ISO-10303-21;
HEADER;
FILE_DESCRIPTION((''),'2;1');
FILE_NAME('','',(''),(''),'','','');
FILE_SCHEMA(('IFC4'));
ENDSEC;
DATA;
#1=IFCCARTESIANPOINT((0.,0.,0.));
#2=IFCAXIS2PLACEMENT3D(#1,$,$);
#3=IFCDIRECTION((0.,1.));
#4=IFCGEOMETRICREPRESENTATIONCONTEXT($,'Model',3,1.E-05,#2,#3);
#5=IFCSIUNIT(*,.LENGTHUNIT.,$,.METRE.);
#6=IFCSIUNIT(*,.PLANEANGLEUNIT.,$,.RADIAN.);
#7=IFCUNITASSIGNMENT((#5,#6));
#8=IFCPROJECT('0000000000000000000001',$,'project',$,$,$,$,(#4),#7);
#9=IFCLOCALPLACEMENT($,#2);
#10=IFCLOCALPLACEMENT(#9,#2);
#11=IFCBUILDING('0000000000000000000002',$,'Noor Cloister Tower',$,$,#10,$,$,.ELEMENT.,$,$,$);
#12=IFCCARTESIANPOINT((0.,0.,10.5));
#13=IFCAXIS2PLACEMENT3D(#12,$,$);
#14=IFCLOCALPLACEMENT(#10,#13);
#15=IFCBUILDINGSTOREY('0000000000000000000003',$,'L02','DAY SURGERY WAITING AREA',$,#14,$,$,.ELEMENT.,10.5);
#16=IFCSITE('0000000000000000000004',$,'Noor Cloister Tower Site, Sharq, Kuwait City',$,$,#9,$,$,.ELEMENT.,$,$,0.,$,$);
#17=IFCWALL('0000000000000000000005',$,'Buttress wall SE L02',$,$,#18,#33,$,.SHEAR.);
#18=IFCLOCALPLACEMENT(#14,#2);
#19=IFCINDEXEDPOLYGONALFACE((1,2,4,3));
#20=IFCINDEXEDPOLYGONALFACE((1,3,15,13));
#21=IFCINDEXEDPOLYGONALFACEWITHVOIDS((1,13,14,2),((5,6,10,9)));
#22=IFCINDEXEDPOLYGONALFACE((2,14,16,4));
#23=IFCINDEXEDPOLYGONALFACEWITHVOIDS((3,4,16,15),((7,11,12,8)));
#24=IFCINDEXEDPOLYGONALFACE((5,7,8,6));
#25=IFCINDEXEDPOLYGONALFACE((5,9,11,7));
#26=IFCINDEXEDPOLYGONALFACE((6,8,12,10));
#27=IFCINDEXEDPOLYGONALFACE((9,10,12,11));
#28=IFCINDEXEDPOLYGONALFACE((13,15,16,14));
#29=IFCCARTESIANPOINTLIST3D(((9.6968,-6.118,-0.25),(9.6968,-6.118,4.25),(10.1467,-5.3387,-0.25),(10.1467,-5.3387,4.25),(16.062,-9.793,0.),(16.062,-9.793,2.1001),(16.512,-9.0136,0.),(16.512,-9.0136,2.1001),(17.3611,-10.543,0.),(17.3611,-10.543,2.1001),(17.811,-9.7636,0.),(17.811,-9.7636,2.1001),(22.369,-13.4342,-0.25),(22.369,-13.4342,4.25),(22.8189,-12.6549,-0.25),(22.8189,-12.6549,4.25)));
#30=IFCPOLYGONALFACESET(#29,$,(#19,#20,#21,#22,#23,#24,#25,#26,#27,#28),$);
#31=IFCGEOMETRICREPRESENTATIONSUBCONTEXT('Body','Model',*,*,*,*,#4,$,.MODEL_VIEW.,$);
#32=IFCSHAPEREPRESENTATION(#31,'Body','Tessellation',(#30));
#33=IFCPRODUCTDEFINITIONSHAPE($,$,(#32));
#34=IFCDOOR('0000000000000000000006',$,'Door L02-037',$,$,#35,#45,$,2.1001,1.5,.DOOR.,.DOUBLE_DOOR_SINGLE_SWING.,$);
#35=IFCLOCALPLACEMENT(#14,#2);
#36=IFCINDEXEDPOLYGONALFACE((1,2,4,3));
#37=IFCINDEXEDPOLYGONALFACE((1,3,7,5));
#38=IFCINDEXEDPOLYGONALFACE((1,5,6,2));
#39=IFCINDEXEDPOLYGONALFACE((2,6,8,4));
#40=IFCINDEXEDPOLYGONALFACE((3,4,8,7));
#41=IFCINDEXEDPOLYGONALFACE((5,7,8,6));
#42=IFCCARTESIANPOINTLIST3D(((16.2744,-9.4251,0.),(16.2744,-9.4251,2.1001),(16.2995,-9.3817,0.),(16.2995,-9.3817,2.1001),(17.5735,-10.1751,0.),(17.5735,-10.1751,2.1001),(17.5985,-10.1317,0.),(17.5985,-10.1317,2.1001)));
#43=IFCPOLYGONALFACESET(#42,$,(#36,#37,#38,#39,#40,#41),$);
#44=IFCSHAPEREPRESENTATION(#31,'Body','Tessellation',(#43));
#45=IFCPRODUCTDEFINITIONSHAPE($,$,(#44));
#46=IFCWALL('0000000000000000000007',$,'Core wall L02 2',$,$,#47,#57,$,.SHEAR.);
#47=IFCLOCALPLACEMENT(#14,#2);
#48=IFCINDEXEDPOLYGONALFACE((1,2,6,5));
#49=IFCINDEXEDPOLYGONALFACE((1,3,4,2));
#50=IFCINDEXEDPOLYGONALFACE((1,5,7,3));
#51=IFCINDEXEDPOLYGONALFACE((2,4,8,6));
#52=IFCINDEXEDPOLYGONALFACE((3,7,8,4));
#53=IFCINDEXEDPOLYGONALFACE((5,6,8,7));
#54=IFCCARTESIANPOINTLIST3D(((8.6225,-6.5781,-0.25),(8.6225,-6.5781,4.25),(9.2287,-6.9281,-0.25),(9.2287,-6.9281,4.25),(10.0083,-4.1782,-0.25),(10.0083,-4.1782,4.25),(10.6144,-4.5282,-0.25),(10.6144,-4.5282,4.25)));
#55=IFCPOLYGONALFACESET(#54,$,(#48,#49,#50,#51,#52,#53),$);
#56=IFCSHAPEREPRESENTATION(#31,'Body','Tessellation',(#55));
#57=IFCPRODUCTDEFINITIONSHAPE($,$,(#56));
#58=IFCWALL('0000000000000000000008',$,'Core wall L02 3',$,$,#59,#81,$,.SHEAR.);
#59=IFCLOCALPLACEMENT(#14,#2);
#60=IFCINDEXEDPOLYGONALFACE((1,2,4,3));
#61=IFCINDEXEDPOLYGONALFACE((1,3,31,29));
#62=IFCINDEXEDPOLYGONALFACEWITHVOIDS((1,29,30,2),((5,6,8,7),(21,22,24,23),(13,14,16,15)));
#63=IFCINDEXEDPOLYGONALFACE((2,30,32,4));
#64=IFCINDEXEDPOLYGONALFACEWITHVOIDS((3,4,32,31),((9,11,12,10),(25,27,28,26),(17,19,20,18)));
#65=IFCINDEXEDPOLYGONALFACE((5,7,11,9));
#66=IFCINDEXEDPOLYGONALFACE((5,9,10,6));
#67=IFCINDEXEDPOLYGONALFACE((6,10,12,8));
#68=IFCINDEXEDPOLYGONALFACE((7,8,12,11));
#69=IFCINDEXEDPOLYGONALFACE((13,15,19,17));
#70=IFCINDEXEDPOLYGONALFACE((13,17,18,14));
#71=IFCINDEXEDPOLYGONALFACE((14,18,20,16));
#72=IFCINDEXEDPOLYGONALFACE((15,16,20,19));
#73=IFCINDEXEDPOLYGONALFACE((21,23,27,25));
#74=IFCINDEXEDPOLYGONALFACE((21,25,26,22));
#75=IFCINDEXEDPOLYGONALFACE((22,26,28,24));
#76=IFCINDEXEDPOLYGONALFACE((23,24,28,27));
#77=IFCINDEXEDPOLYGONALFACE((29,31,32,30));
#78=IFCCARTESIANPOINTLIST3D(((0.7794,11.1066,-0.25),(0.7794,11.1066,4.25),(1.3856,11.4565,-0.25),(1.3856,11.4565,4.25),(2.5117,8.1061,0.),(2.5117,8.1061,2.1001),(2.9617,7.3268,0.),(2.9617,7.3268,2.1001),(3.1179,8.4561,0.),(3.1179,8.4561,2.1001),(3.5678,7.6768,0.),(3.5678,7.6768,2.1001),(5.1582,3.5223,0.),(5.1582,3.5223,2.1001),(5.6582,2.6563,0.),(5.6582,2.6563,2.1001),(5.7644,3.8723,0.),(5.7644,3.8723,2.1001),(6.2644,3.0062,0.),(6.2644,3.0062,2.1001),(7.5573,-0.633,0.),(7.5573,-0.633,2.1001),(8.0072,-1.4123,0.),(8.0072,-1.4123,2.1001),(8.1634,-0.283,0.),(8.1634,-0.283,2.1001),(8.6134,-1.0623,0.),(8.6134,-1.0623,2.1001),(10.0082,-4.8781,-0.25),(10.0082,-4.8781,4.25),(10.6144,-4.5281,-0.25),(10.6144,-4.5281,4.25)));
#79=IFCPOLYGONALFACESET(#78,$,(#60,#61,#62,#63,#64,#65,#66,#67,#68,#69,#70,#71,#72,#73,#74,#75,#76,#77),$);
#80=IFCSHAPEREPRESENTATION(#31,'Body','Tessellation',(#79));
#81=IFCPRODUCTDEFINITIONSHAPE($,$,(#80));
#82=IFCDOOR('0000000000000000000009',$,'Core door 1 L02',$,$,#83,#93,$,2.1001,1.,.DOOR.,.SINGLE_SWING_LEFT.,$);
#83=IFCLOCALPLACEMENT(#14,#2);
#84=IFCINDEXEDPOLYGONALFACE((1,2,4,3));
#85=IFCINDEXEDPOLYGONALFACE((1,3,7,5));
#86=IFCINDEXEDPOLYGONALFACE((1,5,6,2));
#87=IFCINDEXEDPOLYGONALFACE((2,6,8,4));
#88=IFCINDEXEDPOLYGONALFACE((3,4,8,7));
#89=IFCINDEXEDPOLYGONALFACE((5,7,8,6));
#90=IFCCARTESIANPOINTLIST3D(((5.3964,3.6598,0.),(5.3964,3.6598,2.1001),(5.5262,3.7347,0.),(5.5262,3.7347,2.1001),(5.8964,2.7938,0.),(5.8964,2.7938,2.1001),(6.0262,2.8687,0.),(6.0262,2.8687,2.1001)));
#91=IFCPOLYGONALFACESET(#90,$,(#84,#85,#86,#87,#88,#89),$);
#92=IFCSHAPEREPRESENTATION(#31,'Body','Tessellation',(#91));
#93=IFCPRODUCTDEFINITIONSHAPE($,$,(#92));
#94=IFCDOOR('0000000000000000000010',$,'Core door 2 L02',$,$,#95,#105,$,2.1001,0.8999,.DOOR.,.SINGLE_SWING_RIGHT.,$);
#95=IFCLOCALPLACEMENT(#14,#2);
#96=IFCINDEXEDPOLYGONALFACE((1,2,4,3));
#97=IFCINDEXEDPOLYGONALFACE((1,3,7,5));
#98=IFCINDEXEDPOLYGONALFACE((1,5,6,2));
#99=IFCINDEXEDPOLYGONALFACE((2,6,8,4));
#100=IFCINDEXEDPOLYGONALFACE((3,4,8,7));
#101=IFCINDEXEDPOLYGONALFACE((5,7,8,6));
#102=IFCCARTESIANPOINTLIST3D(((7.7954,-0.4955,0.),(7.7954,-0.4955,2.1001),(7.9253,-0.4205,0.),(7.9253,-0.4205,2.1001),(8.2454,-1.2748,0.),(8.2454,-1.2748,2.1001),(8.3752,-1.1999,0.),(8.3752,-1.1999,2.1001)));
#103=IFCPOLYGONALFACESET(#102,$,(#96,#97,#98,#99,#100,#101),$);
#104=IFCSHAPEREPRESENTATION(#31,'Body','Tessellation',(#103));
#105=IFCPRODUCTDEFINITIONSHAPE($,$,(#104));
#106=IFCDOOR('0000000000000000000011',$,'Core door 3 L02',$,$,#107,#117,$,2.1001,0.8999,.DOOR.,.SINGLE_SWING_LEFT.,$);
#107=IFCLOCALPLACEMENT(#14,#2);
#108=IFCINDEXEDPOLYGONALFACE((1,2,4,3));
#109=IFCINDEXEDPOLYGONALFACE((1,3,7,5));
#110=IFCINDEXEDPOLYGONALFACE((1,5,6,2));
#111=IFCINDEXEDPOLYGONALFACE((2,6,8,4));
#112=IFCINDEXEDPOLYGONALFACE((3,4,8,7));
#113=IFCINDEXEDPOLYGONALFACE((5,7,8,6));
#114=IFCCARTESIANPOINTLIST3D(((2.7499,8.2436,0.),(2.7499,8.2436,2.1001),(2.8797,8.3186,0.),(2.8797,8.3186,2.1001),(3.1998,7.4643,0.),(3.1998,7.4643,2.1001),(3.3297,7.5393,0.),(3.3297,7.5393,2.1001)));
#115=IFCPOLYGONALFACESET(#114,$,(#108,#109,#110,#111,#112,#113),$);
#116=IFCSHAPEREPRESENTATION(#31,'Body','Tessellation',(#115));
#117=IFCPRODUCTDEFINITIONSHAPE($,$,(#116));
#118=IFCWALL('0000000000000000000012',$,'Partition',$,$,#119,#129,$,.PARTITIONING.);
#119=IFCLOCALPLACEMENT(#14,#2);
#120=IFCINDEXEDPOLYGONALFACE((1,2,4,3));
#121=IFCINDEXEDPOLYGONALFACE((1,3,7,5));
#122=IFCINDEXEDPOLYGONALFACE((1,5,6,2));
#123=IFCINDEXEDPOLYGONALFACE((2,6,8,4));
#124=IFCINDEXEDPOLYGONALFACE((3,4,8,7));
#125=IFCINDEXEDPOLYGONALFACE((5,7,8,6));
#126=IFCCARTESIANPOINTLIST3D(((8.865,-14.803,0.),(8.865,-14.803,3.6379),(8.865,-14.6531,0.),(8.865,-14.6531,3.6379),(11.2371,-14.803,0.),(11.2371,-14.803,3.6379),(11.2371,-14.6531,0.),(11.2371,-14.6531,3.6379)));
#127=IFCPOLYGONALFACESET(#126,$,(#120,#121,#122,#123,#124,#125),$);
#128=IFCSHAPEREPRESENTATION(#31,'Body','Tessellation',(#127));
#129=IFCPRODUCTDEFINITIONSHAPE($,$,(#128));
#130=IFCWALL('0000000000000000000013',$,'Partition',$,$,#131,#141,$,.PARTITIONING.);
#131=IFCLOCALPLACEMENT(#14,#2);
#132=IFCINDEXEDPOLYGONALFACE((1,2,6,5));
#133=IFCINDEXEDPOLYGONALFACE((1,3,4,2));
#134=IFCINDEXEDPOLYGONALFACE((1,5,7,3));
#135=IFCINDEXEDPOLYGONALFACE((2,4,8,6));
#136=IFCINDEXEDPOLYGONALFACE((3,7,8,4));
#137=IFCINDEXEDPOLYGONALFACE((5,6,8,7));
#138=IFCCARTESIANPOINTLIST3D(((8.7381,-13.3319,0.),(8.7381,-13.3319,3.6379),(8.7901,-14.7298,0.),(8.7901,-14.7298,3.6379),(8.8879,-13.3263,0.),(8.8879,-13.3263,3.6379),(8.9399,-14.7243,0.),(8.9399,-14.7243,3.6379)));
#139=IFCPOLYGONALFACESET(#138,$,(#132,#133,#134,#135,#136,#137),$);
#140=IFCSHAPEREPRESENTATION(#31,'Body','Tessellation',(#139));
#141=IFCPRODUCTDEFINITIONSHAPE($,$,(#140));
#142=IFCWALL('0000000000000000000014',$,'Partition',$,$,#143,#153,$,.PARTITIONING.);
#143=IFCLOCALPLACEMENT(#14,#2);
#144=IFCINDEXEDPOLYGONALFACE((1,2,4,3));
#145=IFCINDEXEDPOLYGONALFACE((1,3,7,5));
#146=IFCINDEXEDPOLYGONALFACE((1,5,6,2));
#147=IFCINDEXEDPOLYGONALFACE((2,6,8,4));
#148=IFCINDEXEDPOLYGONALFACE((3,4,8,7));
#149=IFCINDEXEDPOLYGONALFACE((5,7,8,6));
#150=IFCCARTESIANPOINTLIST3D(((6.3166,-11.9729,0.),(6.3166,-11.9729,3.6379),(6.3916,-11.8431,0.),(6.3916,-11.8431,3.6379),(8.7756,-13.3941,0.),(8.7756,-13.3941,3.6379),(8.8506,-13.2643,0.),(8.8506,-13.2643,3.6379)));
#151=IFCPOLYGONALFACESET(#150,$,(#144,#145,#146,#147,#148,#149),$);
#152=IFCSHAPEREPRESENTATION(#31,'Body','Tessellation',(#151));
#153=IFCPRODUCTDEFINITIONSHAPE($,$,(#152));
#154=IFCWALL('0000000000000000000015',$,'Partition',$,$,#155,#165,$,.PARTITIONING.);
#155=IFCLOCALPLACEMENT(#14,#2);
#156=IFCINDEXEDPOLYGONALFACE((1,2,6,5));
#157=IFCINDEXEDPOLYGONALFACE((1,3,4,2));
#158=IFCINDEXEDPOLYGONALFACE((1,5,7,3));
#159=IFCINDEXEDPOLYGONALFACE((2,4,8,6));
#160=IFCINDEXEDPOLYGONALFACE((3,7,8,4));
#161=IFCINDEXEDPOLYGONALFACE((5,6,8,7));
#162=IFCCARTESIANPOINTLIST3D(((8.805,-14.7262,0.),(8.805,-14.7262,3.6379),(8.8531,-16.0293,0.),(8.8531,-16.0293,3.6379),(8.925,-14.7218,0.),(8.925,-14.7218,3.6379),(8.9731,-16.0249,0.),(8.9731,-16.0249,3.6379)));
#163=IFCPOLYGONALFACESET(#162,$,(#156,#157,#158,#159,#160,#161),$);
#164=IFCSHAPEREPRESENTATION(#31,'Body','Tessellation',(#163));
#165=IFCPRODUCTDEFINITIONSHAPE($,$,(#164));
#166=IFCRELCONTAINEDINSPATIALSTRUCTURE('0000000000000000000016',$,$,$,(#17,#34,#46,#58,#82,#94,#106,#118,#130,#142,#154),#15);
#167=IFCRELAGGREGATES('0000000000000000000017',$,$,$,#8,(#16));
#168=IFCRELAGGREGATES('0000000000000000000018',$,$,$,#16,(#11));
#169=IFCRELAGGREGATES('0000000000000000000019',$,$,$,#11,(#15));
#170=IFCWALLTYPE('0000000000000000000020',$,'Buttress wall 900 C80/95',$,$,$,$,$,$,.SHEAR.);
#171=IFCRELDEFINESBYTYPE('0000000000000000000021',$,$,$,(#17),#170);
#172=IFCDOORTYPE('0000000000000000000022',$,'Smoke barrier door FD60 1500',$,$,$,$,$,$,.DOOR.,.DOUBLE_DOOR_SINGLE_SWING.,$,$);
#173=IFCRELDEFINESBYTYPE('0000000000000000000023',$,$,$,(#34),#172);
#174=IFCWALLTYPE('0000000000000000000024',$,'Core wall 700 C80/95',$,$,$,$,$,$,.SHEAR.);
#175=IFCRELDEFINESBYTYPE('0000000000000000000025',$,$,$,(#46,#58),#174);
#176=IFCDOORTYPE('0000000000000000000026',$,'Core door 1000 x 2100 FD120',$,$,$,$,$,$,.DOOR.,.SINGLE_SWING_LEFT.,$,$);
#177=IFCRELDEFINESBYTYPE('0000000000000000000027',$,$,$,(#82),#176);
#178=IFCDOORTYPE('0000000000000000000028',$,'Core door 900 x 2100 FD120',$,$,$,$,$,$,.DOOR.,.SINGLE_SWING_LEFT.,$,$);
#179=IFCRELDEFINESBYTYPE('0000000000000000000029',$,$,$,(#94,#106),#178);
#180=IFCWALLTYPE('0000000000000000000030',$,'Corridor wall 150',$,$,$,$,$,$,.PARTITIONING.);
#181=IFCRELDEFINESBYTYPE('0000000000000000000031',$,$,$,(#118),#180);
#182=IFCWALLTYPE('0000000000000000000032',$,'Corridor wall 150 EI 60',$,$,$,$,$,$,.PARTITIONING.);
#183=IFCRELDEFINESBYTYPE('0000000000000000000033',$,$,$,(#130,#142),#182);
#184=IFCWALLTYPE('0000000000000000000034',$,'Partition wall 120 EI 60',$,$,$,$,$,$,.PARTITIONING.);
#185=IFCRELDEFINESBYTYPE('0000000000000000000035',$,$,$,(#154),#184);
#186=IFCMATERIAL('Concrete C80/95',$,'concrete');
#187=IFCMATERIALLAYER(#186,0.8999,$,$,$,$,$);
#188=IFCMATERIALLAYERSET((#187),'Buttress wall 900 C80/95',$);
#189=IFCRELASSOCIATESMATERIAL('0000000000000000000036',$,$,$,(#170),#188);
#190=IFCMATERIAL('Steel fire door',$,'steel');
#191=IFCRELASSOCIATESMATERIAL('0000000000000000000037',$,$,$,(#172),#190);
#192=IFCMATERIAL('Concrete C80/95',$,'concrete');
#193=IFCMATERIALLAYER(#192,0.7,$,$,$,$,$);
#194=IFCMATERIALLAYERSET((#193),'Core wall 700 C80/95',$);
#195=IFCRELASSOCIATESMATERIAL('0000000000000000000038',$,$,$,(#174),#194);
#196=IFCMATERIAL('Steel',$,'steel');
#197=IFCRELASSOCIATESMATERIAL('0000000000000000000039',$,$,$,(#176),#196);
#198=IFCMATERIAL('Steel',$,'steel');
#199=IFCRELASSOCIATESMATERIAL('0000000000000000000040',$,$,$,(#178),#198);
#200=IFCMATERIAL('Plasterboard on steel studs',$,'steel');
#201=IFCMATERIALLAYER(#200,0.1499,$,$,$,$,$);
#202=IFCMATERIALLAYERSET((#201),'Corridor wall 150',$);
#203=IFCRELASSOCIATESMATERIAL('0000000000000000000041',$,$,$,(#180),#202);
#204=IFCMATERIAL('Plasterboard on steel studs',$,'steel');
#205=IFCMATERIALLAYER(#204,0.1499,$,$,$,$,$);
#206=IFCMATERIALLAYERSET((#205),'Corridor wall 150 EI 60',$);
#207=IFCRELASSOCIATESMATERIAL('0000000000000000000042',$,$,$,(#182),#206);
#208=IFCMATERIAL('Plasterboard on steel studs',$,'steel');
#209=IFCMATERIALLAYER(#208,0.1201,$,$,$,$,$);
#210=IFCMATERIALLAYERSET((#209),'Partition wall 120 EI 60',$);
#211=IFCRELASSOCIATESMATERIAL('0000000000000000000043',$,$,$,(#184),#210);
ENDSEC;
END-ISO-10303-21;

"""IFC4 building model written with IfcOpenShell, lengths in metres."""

from ifc_helpers import new_model, si_unit, direction, frame, frame_2d, origin, place, context, subcontext, project, spatial, rectangle, extrude, material, layer, layer_set, type_object, element, fill, save


model = new_model("IFC4")

# Units and contexts
model_context = context("Model", 3, precision=1e-05, world=origin(), true_north=direction((0.0, 1.0)))
body_context = subcontext(model_context, "Body", "Model", "MODEL_VIEW")
ifc_project = project(units=[si_unit("LENGTHUNIT", "METRE"), si_unit("PLANEANGLEUNIT", "RADIAN")], contexts=[model_context])

# Site, building, storey
site_placement = place(None, origin())
site = spatial("IfcSite", under=ifc_project, at=site_placement, Name="Noor Cloister Tower Site, Sharq, Kuwait City", CompositionType="ELEMENT", RefElevation=0.0)
building_placement = place(site_placement, origin())
building = spatial("IfcBuilding", under=site, at=building_placement, Name="Noor Cloister Tower", CompositionType="ELEMENT")
storey_placement = place(building_placement, frame((0.0, 0.0, 10.5)))
storey = spatial("IfcBuildingStorey", under=building, at=storey_placement, Name="L02", Description="DAY SURGERY WAITING AREA", CompositionType="ELEMENT", Elevation=10.5)

# Wall, opening, door
ifc_material_1 = material(Name="Concrete C80/95", Category="concrete")
ifc_layer_1 = layer(ifc_material_1, 0.8999)
ifc_layer_set_1 = layer_set([ifc_layer_1], Name="Buttress wall 900 C80/95")
wall_type_1 = type_object("IfcWallType", Name="Buttress wall 900 C80/95", PredefinedType="SHEAR", material=ifc_layer_set_1)
wall_1_placement = place(storey_placement, frame((9.9216, -5.7283, -0.25), z_axis=(0.0, 0.0, 1.0), x_axis=(0.866028, -0.499995, 0.0)))
wall_1 = element("IfcWall", 1, at=wall_1_placement, inside=storey, type_object=wall_type_1, Name="Buttress wall SE L02", PredefinedType="SHEAR", context=body_context, shape_type="SweptSolid", body=[
    extrude(rectangle(XDim=14.6326, YDim=0.8999, at=frame_2d((7.3164, 0.0))), origin(), (0.0, 0.0, 1.0), 4.5),
])
opening_1_placement = place(wall_1_placement, frame((7.3501, 0.0, 0.25)))
opening_1 = element("IfcOpeningElement", 2, at=opening_1_placement, cuts=wall_1, PredefinedType="OPENING", context=body_context, shape_type="SweptSolid", body=[
    extrude(rectangle(XDim=1.5, YDim=2.1001, at=frame_2d((0.75, 1.05))), frame((0.0, 0.46, 0.0), z_axis=(0.0, -1.0, 0.0), x_axis=(1.0, 0.0, 0.0)), (0.0, 0.0, 1.0), 0.9199),
])
ifc_material_2 = material(Name="Steel fire door", Category="steel")
door_type_1 = type_object("IfcDoorType", Name="Smoke barrier door FD60 1500", OperationType="DOUBLE_DOOR_SINGLE_SWING", PredefinedType="DOOR", material=ifc_material_2)
door_1_placement = place(opening_1_placement, origin())
door_1 = element("IfcDoor", 3, at=door_1_placement, inside=storey, type_object=door_type_1, Name="Door L02-037", OperationType="DOUBLE_DOOR_SINGLE_SWING", OverallHeight=2.1001, OverallWidth=1.5, PredefinedType="DOOR", context=body_context, shape_type="SweptSolid", body=[
    extrude(rectangle(XDim=1.5, YDim=2.1001, at=frame_2d((0.75, 1.05))), frame((0.0, 0.0249, 0.0), z_axis=(0.0, -1.0, 0.0), x_axis=(1.0, 0.0, 0.0)), (0.0, 0.0, 1.0), 0.05),
])
fill(opening_1, door_1)

# Wall
ifc_material_3 = material(Name="Concrete C80/95", Category="concrete")
ifc_layer_2 = layer(ifc_material_3, 0.7)
ifc_layer_set_2 = layer_set([ifc_layer_2], Name="Core wall 700 C80/95")
wall_type_2 = type_object("IfcWallType", Name="Core wall 700 C80/95", PredefinedType="SHEAR", material=ifc_layer_set_2)
wall_2_placement = place(storey_placement, frame((8.9255, -6.7532, -0.25), z_axis=(0.0, 0.0, 1.0), x_axis=(0.500043, 0.866001, 0.0)))
element("IfcWall", 4, at=wall_2_placement, inside=storey, type_object=wall_type_2, Name="Core wall L02 2", PredefinedType="SHEAR", context=body_context, shape_type="SweptSolid", body=[
    extrude(rectangle(XDim=2.7712, YDim=0.7, at=frame_2d((1.3857, 0.0))), origin(), (0.0, 0.0, 1.0), 4.5),
])

# Wall, openings, doors
wall_3_placement = place(storey_placement, frame((10.3113, -4.7031, -0.25), z_axis=(0.0, 0.0, 1.0), x_axis=(-0.500001, 0.866025, 0.0)))
wall_3 = element("IfcWall", 5, at=wall_3_placement, inside=storey, type_object=wall_type_2, Name="Core wall L02 3", PredefinedType="SHEAR", context=body_context, shape_type="SweptSolid", body=[
    extrude(rectangle(XDim=18.4575, YDim=0.7, at=frame_2d((9.2288, 0.0))), origin(), (0.0, 0.0, 1.0), 4.5),
])
opening_2_placement = place(wall_3_placement, frame((8.7, 0.0, 0.25)))
opening_2 = element("IfcOpeningElement", 6, at=opening_2_placement, cuts=wall_3, PredefinedType="OPENING", context=body_context, shape_type="SweptSolid", body=[
    extrude(rectangle(XDim=1.0, YDim=2.1001, at=frame_2d((0.5, 1.05))), frame((0.0, 0.3599, 0.0), z_axis=(0.0, -1.0, 0.0), x_axis=(1.0, 0.0, 0.0)), (0.0, 0.0, 1.0), 0.72),
])
opening_3_placement = place(wall_3_placement, frame((4.002, 0.0, 0.25)))
opening_3 = element("IfcOpeningElement", 7, at=opening_3_placement, cuts=wall_3, PredefinedType="OPENING", context=body_context, shape_type="SweptSolid", body=[
    extrude(rectangle(XDim=0.8999, YDim=2.1001, at=frame_2d((0.45, 1.05))), frame((0.0, 0.3599, 0.0), z_axis=(0.0, -1.0, 0.0), x_axis=(1.0, 0.0, 0.0)), (0.0, 0.0, 1.0), 0.72),
])
opening_4_placement = place(wall_3_placement, frame((14.093, 0.0, 0.25)))
opening_4 = element("IfcOpeningElement", 8, at=opening_4_placement, cuts=wall_3, PredefinedType="OPENING", context=body_context, shape_type="SweptSolid", body=[
    extrude(rectangle(XDim=0.8999, YDim=2.1001, at=frame_2d((0.45, 1.05))), frame((0.0, 0.3599, 0.0), z_axis=(0.0, -1.0, 0.0), x_axis=(1.0, 0.0, 0.0)), (0.0, 0.0, 1.0), 0.72),
])
ifc_material_4 = material(Name="Steel", Category="steel")
door_type_2 = type_object("IfcDoorType", Name="Core door 1000 x 2100 FD120", OperationType="SINGLE_SWING_LEFT", PredefinedType="DOOR", material=ifc_material_4)
door_2_placement = place(opening_2_placement, origin())
door_2 = element("IfcDoor", 9, at=door_2_placement, inside=storey, type_object=door_type_2, Name="Core door 1 L02", OperationType="SINGLE_SWING_LEFT", OverallHeight=2.1001, OverallWidth=1.0, PredefinedType="DOOR", context=body_context, shape_type="SweptSolid", body=[
    extrude(rectangle(XDim=1.0, YDim=2.1001, at=frame_2d((0.5, 1.05))), frame((0.0, 0.075, 0.0), z_axis=(0.0, -1.0, 0.0), x_axis=(1.0, 0.0, 0.0)), (0.0, 0.0, 1.0), 0.1499),
])
fill(opening_2, door_2)
ifc_material_5 = material(Name="Steel", Category="steel")
door_type_3 = type_object("IfcDoorType", Name="Core door 900 x 2100 FD120", OperationType="SINGLE_SWING_LEFT", PredefinedType="DOOR", material=ifc_material_5)
door_3_placement = place(opening_3_placement, origin())
door_3 = element("IfcDoor", 10, at=door_3_placement, inside=storey, type_object=door_type_3, Name="Core door 2 L02", OperationType="SINGLE_SWING_RIGHT", OverallHeight=2.1001, OverallWidth=0.8999, PredefinedType="DOOR", context=body_context, shape_type="SweptSolid", body=[
    extrude(rectangle(XDim=0.8999, YDim=2.1001, at=frame_2d((0.45, 1.05))), frame((0.0, 0.075, 0.0), z_axis=(0.0, -1.0, 0.0), x_axis=(1.0, 0.0, 0.0)), (0.0, 0.0, 1.0), 0.1499),
])
fill(opening_3, door_3)
door_4_placement = place(opening_4_placement, origin())
door_4 = element("IfcDoor", 11, at=door_4_placement, inside=storey, type_object=door_type_3, Name="Core door 3 L02", OperationType="SINGLE_SWING_LEFT", OverallHeight=2.1001, OverallWidth=0.8999, PredefinedType="DOOR", context=body_context, shape_type="SweptSolid", body=[
    extrude(rectangle(XDim=0.8999, YDim=2.1001, at=frame_2d((0.45, 1.05))), frame((0.0, 0.075, 0.0), z_axis=(0.0, -1.0, 0.0), x_axis=(1.0, 0.0, 0.0)), (0.0, 0.0, 1.0), 0.1499),
])
fill(opening_4, door_4)

# Walls
ifc_material_6 = material(Name="Plasterboard on steel studs", Category="steel")
ifc_layer_3 = layer(ifc_material_6, 0.1499)
ifc_layer_set_3 = layer_set([ifc_layer_3], Name="Corridor wall 150")
wall_type_3 = type_object("IfcWallType", Name="Corridor wall 150", PredefinedType="PARTITIONING", material=ifc_layer_set_3)
wall_4_placement = place(storey_placement, frame((11.2371, -14.728, 0.0), z_axis=(0.0, 0.0, 1.0), x_axis=(-1.0, 0.0, 0.0)))
element("IfcWall", 12, at=wall_4_placement, inside=storey, type_object=wall_type_3, Name="Partition", PredefinedType="PARTITIONING", context=body_context, shape_type="SweptSolid", body=[
    extrude(rectangle(XDim=2.3721, YDim=0.1499, at=frame_2d((1.186, 0.0))), origin(), (0.0, 0.0, 1.0), 3.6379),
])
ifc_material_7 = material(Name="Plasterboard on steel studs", Category="steel")
ifc_layer_4 = layer(ifc_material_7, 0.1499)
ifc_layer_set_4 = layer_set([ifc_layer_4], Name="Corridor wall 150 EI 60")
wall_type_4 = type_object("IfcWallType", Name="Corridor wall 150 EI 60", PredefinedType="PARTITIONING", material=ifc_layer_set_4)
wall_5_placement = place(storey_placement, frame((8.865, -14.7271, 0.0), z_axis=(0.0, 0.0, 1.0), x_axis=(-0.037173, 0.999309, 0.0)))
element("IfcWall", 13, at=wall_5_placement, inside=storey, type_object=wall_type_4, Name="Partition", PredefinedType="PARTITIONING", context=body_context, shape_type="SweptSolid", body=[
    extrude(rectangle(XDim=1.3989, YDim=0.1499, at=frame_2d((0.6995, 0.0))), origin(), (0.0, 0.0, 1.0), 3.6379),
])
wall_6_placement = place(storey_placement, frame((8.813, -13.3291, 0.0), z_axis=(0.0, 0.0, 1.0), x_axis=(-0.865805, 0.500382, 0.0)))
element("IfcWall", 14, at=wall_6_placement, inside=storey, type_object=wall_type_4, Name="Partition", PredefinedType="PARTITIONING", context=body_context, shape_type="SweptSolid", body=[
    extrude(rectangle(XDim=2.8401, YDim=0.1499, at=frame_2d((1.4199, 0.0))), origin(), (0.0, 0.0, 1.0), 3.6379),
])
ifc_material_8 = material(Name="Plasterboard on steel studs", Category="steel")
ifc_layer_5 = layer(ifc_material_8, 0.1201)
ifc_layer_set_5 = layer_set([ifc_layer_5], Name="Partition wall 120 EI 60")
wall_type_5 = type_object("IfcWallType", Name="Partition wall 120 EI 60", PredefinedType="PARTITIONING", material=ifc_layer_set_5)
wall_7_placement = place(storey_placement, frame((8.865, -14.7241, 0.0), z_axis=(0.0, 0.0, 1.0), x_axis=(0.036887, -0.999319, 0.0)))
element("IfcWall", 15, at=wall_7_placement, inside=storey, type_object=wall_type_5, Name="Partition", PredefinedType="PARTITIONING", context=body_context, shape_type="SweptSolid", body=[
    extrude(rectangle(XDim=1.304, YDim=0.1201, at=frame_2d((0.6519, 0.0))), origin(), (0.0, 0.0, 1.0), 3.6379),
])

save(model, "model.ifc")
